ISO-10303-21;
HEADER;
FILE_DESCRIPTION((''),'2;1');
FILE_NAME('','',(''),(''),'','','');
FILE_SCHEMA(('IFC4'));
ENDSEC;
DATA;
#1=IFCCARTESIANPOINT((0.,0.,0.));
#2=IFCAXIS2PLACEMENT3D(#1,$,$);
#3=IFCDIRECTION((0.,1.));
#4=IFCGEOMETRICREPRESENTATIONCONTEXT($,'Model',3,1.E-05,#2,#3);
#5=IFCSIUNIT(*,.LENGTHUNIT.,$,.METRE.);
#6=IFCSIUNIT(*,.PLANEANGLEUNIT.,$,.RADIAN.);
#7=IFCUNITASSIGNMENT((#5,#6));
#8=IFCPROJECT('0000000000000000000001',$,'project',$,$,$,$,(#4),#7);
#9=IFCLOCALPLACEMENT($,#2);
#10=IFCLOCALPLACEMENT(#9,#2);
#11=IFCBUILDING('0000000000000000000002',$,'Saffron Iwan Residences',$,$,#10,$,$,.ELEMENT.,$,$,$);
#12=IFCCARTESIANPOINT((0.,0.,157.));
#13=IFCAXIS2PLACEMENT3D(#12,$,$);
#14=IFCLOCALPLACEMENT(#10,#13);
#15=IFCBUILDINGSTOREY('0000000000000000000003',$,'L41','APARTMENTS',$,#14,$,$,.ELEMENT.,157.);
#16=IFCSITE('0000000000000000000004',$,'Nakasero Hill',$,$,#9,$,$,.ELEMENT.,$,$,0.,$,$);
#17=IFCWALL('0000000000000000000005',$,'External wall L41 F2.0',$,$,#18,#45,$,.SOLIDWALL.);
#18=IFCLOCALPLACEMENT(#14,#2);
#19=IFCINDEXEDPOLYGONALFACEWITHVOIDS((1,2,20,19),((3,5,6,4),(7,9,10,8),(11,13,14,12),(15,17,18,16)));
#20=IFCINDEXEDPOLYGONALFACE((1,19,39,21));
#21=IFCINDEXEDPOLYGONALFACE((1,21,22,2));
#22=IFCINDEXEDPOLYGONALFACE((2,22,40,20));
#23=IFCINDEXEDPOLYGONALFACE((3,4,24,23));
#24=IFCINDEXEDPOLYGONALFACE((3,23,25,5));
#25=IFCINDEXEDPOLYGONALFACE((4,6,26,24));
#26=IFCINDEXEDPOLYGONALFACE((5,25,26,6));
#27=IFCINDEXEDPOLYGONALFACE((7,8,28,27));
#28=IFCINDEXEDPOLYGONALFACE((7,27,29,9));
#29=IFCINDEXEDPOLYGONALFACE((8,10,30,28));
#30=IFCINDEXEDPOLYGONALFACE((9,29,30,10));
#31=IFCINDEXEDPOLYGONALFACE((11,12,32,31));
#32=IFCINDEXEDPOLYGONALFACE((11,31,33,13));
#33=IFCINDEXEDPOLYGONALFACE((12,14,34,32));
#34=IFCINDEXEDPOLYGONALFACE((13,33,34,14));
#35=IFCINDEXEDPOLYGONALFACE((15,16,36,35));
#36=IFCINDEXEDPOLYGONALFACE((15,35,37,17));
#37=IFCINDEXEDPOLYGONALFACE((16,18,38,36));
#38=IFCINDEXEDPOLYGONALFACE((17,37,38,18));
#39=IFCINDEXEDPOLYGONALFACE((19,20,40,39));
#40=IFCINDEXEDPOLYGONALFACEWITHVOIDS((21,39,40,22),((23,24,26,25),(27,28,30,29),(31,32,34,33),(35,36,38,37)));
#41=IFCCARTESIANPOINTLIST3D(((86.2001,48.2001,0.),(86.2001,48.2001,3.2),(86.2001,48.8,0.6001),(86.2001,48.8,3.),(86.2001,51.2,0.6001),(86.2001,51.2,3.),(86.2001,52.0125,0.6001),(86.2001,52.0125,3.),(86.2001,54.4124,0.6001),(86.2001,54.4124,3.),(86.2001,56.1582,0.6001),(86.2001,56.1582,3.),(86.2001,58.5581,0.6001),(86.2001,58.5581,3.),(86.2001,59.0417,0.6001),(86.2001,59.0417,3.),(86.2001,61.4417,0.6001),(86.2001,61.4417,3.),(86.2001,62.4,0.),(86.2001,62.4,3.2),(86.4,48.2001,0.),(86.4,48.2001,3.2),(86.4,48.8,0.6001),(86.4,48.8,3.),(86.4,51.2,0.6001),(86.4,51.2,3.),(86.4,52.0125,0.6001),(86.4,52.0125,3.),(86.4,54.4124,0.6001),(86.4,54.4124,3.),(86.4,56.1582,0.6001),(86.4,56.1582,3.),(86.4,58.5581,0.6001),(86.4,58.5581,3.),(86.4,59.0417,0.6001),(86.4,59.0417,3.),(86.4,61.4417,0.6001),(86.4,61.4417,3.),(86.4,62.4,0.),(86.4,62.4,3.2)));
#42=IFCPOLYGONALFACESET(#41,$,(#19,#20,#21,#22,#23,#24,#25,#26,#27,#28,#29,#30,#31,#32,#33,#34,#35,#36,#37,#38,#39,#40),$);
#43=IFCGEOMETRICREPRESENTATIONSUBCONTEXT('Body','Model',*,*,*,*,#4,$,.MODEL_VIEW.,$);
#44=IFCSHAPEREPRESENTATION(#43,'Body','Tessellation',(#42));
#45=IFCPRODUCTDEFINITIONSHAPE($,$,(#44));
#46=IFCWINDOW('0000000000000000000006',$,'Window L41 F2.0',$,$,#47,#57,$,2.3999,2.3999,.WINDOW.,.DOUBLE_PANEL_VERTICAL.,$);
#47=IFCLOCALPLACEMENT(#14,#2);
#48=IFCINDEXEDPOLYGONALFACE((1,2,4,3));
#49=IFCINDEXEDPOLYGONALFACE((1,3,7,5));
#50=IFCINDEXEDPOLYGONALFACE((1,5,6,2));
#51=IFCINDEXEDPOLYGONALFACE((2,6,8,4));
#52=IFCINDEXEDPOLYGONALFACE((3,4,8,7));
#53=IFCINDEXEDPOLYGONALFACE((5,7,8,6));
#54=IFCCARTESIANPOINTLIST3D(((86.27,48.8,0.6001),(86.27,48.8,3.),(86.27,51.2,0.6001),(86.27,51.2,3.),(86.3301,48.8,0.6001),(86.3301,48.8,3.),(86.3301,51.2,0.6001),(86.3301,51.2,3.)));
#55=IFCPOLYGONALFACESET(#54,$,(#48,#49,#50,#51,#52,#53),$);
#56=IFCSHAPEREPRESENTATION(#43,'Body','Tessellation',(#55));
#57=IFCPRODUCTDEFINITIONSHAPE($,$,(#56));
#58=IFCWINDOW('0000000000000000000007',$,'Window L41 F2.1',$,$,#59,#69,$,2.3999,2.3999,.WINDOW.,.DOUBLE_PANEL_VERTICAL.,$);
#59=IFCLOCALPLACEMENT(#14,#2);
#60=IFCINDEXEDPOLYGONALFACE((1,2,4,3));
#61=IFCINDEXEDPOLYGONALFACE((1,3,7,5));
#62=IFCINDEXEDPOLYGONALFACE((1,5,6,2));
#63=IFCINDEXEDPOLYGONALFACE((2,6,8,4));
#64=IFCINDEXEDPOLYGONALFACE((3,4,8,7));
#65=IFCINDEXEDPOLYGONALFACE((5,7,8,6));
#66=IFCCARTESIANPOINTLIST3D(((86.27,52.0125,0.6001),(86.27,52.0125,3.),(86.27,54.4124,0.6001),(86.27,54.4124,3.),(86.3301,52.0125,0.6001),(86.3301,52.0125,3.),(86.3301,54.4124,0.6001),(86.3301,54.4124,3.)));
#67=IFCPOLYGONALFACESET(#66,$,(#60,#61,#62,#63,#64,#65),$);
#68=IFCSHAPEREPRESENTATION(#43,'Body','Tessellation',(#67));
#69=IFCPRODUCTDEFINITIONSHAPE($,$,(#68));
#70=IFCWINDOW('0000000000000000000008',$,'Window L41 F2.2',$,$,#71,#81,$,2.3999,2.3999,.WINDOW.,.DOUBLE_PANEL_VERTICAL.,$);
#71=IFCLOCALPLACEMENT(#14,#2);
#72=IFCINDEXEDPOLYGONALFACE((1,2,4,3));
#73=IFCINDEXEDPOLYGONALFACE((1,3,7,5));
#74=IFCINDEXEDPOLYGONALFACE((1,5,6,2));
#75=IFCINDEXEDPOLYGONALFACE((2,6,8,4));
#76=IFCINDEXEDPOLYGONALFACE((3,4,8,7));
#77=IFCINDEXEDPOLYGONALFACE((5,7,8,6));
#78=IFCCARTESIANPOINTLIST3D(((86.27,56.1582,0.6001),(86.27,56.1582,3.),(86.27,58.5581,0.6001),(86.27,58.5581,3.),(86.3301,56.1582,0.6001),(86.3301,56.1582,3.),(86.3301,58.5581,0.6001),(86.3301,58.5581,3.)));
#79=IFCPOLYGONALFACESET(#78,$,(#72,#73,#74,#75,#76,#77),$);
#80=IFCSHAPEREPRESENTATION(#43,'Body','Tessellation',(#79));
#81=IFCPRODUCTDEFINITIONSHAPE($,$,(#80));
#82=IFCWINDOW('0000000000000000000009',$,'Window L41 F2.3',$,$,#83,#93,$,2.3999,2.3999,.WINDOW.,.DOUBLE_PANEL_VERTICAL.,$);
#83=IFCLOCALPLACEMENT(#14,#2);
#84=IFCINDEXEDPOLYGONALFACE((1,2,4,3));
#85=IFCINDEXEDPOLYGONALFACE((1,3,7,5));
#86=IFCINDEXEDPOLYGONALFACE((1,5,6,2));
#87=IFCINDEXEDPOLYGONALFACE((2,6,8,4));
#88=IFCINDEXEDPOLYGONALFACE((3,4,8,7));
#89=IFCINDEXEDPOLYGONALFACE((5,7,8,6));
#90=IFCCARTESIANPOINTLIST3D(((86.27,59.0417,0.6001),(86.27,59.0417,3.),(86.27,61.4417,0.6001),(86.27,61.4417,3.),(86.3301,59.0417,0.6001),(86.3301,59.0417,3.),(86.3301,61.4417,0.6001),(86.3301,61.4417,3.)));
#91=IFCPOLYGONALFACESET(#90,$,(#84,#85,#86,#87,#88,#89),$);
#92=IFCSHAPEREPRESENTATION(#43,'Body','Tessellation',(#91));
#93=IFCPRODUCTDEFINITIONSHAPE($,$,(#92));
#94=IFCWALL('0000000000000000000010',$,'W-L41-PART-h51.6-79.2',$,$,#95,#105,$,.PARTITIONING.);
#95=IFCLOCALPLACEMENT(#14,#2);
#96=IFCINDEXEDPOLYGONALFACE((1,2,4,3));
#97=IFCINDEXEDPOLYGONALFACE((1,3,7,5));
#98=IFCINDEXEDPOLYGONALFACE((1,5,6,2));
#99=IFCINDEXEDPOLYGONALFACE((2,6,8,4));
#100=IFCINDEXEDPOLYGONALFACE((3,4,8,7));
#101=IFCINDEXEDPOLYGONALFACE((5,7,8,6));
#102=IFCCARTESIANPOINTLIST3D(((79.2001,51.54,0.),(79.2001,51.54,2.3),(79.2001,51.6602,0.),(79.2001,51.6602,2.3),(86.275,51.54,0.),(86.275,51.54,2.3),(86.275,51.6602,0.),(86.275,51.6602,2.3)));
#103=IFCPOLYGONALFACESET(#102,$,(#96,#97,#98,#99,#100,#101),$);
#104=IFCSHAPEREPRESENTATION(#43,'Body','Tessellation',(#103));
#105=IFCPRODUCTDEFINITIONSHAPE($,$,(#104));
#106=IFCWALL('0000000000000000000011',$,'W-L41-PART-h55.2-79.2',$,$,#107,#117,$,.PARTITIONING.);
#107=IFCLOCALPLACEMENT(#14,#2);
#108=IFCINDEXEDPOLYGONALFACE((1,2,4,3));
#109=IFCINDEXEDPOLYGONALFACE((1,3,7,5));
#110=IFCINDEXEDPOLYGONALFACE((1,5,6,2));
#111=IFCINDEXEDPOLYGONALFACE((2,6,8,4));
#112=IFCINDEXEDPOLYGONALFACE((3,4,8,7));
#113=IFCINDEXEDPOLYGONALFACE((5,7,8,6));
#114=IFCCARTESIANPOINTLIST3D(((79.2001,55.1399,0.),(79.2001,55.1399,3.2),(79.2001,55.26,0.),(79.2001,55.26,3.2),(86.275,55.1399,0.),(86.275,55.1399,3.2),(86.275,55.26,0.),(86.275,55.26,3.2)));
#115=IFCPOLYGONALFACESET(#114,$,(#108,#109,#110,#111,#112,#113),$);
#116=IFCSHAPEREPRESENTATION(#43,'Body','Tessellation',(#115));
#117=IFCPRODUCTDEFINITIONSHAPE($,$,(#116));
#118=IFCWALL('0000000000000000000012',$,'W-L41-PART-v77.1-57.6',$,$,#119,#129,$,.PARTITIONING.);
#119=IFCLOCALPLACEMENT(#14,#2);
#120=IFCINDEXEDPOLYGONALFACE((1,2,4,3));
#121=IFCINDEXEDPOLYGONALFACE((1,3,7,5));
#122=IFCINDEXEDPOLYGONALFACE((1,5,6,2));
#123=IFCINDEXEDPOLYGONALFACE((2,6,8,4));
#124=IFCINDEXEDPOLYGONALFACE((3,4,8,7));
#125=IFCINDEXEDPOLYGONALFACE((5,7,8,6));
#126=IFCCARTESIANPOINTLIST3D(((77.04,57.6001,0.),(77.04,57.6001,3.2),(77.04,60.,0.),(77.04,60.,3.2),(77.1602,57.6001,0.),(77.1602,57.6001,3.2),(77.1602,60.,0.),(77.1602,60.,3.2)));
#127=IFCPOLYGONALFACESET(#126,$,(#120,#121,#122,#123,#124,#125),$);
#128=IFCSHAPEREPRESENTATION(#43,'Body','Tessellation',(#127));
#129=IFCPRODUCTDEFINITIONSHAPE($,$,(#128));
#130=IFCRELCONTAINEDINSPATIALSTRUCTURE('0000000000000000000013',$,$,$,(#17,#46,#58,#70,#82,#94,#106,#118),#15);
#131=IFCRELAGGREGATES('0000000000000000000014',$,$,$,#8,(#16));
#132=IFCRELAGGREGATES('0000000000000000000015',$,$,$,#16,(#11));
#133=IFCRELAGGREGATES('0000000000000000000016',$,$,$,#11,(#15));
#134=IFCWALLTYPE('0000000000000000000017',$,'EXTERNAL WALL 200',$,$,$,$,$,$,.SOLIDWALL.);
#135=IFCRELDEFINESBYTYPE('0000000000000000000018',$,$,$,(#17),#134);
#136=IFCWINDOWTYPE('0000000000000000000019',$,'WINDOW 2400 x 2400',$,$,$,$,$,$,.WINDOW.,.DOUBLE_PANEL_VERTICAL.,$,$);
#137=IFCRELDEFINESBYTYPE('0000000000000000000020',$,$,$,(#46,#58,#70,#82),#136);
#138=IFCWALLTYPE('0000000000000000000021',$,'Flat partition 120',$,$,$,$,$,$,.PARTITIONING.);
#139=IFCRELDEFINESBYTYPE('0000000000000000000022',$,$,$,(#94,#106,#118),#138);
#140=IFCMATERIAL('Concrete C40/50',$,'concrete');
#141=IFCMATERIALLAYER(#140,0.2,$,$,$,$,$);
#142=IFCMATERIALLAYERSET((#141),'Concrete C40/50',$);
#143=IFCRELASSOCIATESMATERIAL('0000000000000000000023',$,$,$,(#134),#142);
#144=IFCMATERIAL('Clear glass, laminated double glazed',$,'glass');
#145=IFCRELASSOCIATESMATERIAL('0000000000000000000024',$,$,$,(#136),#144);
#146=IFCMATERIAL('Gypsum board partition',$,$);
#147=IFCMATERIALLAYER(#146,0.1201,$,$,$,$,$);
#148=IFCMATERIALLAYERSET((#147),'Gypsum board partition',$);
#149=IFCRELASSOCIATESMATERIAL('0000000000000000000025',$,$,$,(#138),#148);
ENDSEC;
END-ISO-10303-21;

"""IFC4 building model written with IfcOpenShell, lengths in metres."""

from ifc_helpers import new_model, si_unit, direction, frame, frame_2d, origin, place, context, subcontext, project, spatial, rectangle, extrude, material, layer, layer_set, type_object, element, fill, save


model = new_model("IFC4")

# Units and contexts
model_context = context("Model", 3, precision=1e-05, world=origin(), true_north=direction((0.0, 1.0)))
body_context = subcontext(model_context, "Body", "Model", "MODEL_VIEW")
ifc_project = project(units=[si_unit("LENGTHUNIT", "METRE"), si_unit("PLANEANGLEUNIT", "RADIAN")], contexts=[model_context])

# Site, building, storey
site_placement = place(None, origin())
site = spatial("IfcSite", under=ifc_project, at=site_placement, Name="Nakasero Hill", CompositionType="ELEMENT", RefElevation=0.0)
building_placement = place(site_placement, origin())
building = spatial("IfcBuilding", under=site, at=building_placement, Name="Saffron Iwan Residences", CompositionType="ELEMENT")
storey_placement = place(building_placement, frame((0.0, 0.0, 157.0)))
storey = spatial("IfcBuildingStorey", under=building, at=storey_placement, Name="L41", Description="APARTMENTS", CompositionType="ELEMENT", Elevation=157.0)

# Shared definitions
ifc_material_1 = material(Name="Concrete C40/50", Category="concrete")
ifc_layer_1 = layer(ifc_material_1, 0.2)
ifc_layer_set_1 = layer_set([ifc_layer_1], Name="Concrete C40/50")
wall_type_1 = type_object("IfcWallType", Name="EXTERNAL WALL 200", PredefinedType="SOLIDWALL", material=ifc_layer_set_1)
ifc_material_2 = material(Name="Clear glass, laminated double glazed", Category="glass")
window_type = type_object("IfcWindowType", Name="WINDOW 2400 x 2400", PartitioningType="DOUBLE_PANEL_VERTICAL", PredefinedType="WINDOW", material=ifc_material_2)

# Wall, openings, windows
wall_1_placement = place(storey_placement, frame((86.3, 48.2, 0.0), z_axis=(0.0, 0.0, 1.0), x_axis=(0.0, 1.0, 0.0)))
wall_1 = element("IfcWall", 1, at=wall_1_placement, inside=storey, type_object=wall_type_1, Name="External wall L41 F2.0", PredefinedType="SOLIDWALL", context=body_context, shape_type="SweptSolid", body=[
    extrude(rectangle(XDim=14.2, YDim=0.2, at=frame_2d((7.1001, 0.0))), origin(), (0.0, 0.0, 1.0), 3.2),
])
opening_1_placement = place(wall_1_placement, frame((0.6001, 0.0, 0.6001)))
opening_1 = element("IfcOpeningElement", 2, at=opening_1_placement, cuts=wall_1, PredefinedType="OPENING", context=body_context, shape_type="SweptSolid", body=[
    extrude(rectangle(XDim=2.3999, YDim=2.3999, at=frame_2d((1.2, 1.2))), frame((0.0, 0.1099, 0.0), z_axis=(0.0, -1.0, 0.0), x_axis=(1.0, 0.0, 0.0)), (0.0, 0.0, 1.0), 0.22),
])
opening_2_placement = place(wall_1_placement, frame((3.8125, 0.0, 0.6001)))
opening_2 = element("IfcOpeningElement", 3, at=opening_2_placement, cuts=wall_1, PredefinedType="OPENING", context=body_context, shape_type="SweptSolid", body=[
    extrude(rectangle(XDim=2.3999, YDim=2.3999, at=frame_2d((1.2, 1.2))), frame((0.0, 0.1099, 0.0), z_axis=(0.0, -1.0, 0.0), x_axis=(1.0, 0.0, 0.0)), (0.0, 0.0, 1.0), 0.22),
])
opening_3_placement = place(wall_1_placement, frame((7.9583, 0.0, 0.6001)))
opening_3 = element("IfcOpeningElement", 4, at=opening_3_placement, cuts=wall_1, PredefinedType="OPENING", context=body_context, shape_type="SweptSolid", body=[
    extrude(rectangle(XDim=2.3999, YDim=2.3999, at=frame_2d((1.2, 1.2))), frame((0.0, 0.1099, 0.0), z_axis=(0.0, -1.0, 0.0), x_axis=(1.0, 0.0, 0.0)), (0.0, 0.0, 1.0), 0.22),
])
opening_4_placement = place(wall_1_placement, frame((10.8418, 0.0, 0.6001)))
opening_4 = element("IfcOpeningElement", 5, at=opening_4_placement, cuts=wall_1, PredefinedType="OPENING", context=body_context, shape_type="SweptSolid", body=[
    extrude(rectangle(XDim=2.3999, YDim=2.3999, at=frame_2d((1.2, 1.2))), frame((0.0, 0.1099, 0.0), z_axis=(0.0, -1.0, 0.0), x_axis=(1.0, 0.0, 0.0)), (0.0, 0.0, 1.0), 0.22),
])
window_1_placement = place(opening_1_placement, origin())
window_1 = element("IfcWindow", 6, at=window_1_placement, inside=storey, type_object=window_type, Name="Window L41 F2.0", OverallHeight=2.3999, OverallWidth=2.3999, PartitioningType="DOUBLE_PANEL_VERTICAL", PredefinedType="WINDOW", context=body_context, shape_type="SweptSolid", body=[
    extrude(rectangle(XDim=2.3999, YDim=2.3999, at=frame_2d((1.2, 1.2))), frame((0.0, 0.03, 0.0), z_axis=(0.0, -1.0, 0.0), x_axis=(1.0, 0.0, 0.0)), (0.0, 0.0, 1.0), 0.0601),
])
fill(opening_1, window_1)
window_2_placement = place(opening_2_placement, origin())
window_2 = element("IfcWindow", 7, at=window_2_placement, inside=storey, type_object=window_type, Name="Window L41 F2.1", OverallHeight=2.3999, OverallWidth=2.3999, PartitioningType="DOUBLE_PANEL_VERTICAL", PredefinedType="WINDOW", context=body_context, shape_type="SweptSolid", body=[
    extrude(rectangle(XDim=2.3999, YDim=2.3999, at=frame_2d((1.2, 1.2))), frame((0.0, 0.03, 0.0), z_axis=(0.0, -1.0, 0.0), x_axis=(1.0, 0.0, 0.0)), (0.0, 0.0, 1.0), 0.0601),
])
fill(opening_2, window_2)
window_3_placement = place(opening_3_placement, origin())
window_3 = element("IfcWindow", 8, at=window_3_placement, inside=storey, type_object=window_type, Name="Window L41 F2.2", OverallHeight=2.3999, OverallWidth=2.3999, PartitioningType="DOUBLE_PANEL_VERTICAL", PredefinedType="WINDOW", context=body_context, shape_type="SweptSolid", body=[
    extrude(rectangle(XDim=2.3999, YDim=2.3999, at=frame_2d((1.2, 1.2))), frame((0.0, 0.03, 0.0), z_axis=(0.0, -1.0, 0.0), x_axis=(1.0, 0.0, 0.0)), (0.0, 0.0, 1.0), 0.0601),
])
fill(opening_3, window_3)
window_4_placement = place(opening_4_placement, origin())
window_4 = element("IfcWindow", 9, at=window_4_placement, inside=storey, type_object=window_type, Name="Window L41 F2.3", OverallHeight=2.3999, OverallWidth=2.3999, PartitioningType="DOUBLE_PANEL_VERTICAL", PredefinedType="WINDOW", context=body_context, shape_type="SweptSolid", body=[
    extrude(rectangle(XDim=2.3999, YDim=2.3999, at=frame_2d((1.2, 1.2))), frame((0.0, 0.03, 0.0), z_axis=(0.0, -1.0, 0.0), x_axis=(1.0, 0.0, 0.0)), (0.0, 0.0, 1.0), 0.0601),
])
fill(opening_4, window_4)

# Walls
ifc_material_3 = material(Name="Gypsum board partition")
ifc_layer_2 = layer(ifc_material_3, 0.1201)
ifc_layer_set_2 = layer_set([ifc_layer_2], Name="Gypsum board partition")
wall_type_2 = type_object("IfcWallType", Name="Flat partition 120", PredefinedType="PARTITIONING", material=ifc_layer_set_2)
wall_2_placement = place(storey_placement, frame((79.2, 51.6001, 0.0), z_axis=(0.0, 0.0, 1.0), x_axis=(1.0, 0.0, 0.0)))
element("IfcWall", 10, at=wall_2_placement, inside=storey, type_object=wall_type_2, Name="W-L41-PART-h51.6-79.2", PredefinedType="PARTITIONING", context=body_context, shape_type="SweptSolid", body=[
    extrude(rectangle(XDim=7.075, YDim=0.1201, at=frame_2d((3.5376, 0.0))), origin(), (0.0, 0.0, 1.0), 2.3),
])
wall_3_placement = place(storey_placement, frame((79.2, 55.2, 0.0), z_axis=(0.0, 0.0, 1.0), x_axis=(1.0, 0.0, 0.0)))
element("IfcWall", 11, at=wall_3_placement, inside=storey, type_object=wall_type_2, Name="W-L41-PART-h55.2-79.2", PredefinedType="PARTITIONING", context=body_context, shape_type="SweptSolid", body=[
    extrude(rectangle(XDim=7.075, YDim=0.1201, at=frame_2d((3.5376, 0.0))), origin(), (0.0, 0.0, 1.0), 3.2),
])
wall_4_placement = place(storey_placement, frame((77.1001, 57.6001, 0.0), z_axis=(0.0, 0.0, 1.0), x_axis=(0.0, 1.0, 0.0)))
element("IfcWall", 12, at=wall_4_placement, inside=storey, type_object=wall_type_2, Name="W-L41-PART-v77.1-57.6", PredefinedType="PARTITIONING", context=body_context, shape_type="SweptSolid", body=[
    extrude(rectangle(XDim=2.3999, YDim=0.1201, at=frame_2d((1.2, 0.0))), origin(), (0.0, 0.0, 1.0), 3.2),
])

save(model, "model.ifc")
